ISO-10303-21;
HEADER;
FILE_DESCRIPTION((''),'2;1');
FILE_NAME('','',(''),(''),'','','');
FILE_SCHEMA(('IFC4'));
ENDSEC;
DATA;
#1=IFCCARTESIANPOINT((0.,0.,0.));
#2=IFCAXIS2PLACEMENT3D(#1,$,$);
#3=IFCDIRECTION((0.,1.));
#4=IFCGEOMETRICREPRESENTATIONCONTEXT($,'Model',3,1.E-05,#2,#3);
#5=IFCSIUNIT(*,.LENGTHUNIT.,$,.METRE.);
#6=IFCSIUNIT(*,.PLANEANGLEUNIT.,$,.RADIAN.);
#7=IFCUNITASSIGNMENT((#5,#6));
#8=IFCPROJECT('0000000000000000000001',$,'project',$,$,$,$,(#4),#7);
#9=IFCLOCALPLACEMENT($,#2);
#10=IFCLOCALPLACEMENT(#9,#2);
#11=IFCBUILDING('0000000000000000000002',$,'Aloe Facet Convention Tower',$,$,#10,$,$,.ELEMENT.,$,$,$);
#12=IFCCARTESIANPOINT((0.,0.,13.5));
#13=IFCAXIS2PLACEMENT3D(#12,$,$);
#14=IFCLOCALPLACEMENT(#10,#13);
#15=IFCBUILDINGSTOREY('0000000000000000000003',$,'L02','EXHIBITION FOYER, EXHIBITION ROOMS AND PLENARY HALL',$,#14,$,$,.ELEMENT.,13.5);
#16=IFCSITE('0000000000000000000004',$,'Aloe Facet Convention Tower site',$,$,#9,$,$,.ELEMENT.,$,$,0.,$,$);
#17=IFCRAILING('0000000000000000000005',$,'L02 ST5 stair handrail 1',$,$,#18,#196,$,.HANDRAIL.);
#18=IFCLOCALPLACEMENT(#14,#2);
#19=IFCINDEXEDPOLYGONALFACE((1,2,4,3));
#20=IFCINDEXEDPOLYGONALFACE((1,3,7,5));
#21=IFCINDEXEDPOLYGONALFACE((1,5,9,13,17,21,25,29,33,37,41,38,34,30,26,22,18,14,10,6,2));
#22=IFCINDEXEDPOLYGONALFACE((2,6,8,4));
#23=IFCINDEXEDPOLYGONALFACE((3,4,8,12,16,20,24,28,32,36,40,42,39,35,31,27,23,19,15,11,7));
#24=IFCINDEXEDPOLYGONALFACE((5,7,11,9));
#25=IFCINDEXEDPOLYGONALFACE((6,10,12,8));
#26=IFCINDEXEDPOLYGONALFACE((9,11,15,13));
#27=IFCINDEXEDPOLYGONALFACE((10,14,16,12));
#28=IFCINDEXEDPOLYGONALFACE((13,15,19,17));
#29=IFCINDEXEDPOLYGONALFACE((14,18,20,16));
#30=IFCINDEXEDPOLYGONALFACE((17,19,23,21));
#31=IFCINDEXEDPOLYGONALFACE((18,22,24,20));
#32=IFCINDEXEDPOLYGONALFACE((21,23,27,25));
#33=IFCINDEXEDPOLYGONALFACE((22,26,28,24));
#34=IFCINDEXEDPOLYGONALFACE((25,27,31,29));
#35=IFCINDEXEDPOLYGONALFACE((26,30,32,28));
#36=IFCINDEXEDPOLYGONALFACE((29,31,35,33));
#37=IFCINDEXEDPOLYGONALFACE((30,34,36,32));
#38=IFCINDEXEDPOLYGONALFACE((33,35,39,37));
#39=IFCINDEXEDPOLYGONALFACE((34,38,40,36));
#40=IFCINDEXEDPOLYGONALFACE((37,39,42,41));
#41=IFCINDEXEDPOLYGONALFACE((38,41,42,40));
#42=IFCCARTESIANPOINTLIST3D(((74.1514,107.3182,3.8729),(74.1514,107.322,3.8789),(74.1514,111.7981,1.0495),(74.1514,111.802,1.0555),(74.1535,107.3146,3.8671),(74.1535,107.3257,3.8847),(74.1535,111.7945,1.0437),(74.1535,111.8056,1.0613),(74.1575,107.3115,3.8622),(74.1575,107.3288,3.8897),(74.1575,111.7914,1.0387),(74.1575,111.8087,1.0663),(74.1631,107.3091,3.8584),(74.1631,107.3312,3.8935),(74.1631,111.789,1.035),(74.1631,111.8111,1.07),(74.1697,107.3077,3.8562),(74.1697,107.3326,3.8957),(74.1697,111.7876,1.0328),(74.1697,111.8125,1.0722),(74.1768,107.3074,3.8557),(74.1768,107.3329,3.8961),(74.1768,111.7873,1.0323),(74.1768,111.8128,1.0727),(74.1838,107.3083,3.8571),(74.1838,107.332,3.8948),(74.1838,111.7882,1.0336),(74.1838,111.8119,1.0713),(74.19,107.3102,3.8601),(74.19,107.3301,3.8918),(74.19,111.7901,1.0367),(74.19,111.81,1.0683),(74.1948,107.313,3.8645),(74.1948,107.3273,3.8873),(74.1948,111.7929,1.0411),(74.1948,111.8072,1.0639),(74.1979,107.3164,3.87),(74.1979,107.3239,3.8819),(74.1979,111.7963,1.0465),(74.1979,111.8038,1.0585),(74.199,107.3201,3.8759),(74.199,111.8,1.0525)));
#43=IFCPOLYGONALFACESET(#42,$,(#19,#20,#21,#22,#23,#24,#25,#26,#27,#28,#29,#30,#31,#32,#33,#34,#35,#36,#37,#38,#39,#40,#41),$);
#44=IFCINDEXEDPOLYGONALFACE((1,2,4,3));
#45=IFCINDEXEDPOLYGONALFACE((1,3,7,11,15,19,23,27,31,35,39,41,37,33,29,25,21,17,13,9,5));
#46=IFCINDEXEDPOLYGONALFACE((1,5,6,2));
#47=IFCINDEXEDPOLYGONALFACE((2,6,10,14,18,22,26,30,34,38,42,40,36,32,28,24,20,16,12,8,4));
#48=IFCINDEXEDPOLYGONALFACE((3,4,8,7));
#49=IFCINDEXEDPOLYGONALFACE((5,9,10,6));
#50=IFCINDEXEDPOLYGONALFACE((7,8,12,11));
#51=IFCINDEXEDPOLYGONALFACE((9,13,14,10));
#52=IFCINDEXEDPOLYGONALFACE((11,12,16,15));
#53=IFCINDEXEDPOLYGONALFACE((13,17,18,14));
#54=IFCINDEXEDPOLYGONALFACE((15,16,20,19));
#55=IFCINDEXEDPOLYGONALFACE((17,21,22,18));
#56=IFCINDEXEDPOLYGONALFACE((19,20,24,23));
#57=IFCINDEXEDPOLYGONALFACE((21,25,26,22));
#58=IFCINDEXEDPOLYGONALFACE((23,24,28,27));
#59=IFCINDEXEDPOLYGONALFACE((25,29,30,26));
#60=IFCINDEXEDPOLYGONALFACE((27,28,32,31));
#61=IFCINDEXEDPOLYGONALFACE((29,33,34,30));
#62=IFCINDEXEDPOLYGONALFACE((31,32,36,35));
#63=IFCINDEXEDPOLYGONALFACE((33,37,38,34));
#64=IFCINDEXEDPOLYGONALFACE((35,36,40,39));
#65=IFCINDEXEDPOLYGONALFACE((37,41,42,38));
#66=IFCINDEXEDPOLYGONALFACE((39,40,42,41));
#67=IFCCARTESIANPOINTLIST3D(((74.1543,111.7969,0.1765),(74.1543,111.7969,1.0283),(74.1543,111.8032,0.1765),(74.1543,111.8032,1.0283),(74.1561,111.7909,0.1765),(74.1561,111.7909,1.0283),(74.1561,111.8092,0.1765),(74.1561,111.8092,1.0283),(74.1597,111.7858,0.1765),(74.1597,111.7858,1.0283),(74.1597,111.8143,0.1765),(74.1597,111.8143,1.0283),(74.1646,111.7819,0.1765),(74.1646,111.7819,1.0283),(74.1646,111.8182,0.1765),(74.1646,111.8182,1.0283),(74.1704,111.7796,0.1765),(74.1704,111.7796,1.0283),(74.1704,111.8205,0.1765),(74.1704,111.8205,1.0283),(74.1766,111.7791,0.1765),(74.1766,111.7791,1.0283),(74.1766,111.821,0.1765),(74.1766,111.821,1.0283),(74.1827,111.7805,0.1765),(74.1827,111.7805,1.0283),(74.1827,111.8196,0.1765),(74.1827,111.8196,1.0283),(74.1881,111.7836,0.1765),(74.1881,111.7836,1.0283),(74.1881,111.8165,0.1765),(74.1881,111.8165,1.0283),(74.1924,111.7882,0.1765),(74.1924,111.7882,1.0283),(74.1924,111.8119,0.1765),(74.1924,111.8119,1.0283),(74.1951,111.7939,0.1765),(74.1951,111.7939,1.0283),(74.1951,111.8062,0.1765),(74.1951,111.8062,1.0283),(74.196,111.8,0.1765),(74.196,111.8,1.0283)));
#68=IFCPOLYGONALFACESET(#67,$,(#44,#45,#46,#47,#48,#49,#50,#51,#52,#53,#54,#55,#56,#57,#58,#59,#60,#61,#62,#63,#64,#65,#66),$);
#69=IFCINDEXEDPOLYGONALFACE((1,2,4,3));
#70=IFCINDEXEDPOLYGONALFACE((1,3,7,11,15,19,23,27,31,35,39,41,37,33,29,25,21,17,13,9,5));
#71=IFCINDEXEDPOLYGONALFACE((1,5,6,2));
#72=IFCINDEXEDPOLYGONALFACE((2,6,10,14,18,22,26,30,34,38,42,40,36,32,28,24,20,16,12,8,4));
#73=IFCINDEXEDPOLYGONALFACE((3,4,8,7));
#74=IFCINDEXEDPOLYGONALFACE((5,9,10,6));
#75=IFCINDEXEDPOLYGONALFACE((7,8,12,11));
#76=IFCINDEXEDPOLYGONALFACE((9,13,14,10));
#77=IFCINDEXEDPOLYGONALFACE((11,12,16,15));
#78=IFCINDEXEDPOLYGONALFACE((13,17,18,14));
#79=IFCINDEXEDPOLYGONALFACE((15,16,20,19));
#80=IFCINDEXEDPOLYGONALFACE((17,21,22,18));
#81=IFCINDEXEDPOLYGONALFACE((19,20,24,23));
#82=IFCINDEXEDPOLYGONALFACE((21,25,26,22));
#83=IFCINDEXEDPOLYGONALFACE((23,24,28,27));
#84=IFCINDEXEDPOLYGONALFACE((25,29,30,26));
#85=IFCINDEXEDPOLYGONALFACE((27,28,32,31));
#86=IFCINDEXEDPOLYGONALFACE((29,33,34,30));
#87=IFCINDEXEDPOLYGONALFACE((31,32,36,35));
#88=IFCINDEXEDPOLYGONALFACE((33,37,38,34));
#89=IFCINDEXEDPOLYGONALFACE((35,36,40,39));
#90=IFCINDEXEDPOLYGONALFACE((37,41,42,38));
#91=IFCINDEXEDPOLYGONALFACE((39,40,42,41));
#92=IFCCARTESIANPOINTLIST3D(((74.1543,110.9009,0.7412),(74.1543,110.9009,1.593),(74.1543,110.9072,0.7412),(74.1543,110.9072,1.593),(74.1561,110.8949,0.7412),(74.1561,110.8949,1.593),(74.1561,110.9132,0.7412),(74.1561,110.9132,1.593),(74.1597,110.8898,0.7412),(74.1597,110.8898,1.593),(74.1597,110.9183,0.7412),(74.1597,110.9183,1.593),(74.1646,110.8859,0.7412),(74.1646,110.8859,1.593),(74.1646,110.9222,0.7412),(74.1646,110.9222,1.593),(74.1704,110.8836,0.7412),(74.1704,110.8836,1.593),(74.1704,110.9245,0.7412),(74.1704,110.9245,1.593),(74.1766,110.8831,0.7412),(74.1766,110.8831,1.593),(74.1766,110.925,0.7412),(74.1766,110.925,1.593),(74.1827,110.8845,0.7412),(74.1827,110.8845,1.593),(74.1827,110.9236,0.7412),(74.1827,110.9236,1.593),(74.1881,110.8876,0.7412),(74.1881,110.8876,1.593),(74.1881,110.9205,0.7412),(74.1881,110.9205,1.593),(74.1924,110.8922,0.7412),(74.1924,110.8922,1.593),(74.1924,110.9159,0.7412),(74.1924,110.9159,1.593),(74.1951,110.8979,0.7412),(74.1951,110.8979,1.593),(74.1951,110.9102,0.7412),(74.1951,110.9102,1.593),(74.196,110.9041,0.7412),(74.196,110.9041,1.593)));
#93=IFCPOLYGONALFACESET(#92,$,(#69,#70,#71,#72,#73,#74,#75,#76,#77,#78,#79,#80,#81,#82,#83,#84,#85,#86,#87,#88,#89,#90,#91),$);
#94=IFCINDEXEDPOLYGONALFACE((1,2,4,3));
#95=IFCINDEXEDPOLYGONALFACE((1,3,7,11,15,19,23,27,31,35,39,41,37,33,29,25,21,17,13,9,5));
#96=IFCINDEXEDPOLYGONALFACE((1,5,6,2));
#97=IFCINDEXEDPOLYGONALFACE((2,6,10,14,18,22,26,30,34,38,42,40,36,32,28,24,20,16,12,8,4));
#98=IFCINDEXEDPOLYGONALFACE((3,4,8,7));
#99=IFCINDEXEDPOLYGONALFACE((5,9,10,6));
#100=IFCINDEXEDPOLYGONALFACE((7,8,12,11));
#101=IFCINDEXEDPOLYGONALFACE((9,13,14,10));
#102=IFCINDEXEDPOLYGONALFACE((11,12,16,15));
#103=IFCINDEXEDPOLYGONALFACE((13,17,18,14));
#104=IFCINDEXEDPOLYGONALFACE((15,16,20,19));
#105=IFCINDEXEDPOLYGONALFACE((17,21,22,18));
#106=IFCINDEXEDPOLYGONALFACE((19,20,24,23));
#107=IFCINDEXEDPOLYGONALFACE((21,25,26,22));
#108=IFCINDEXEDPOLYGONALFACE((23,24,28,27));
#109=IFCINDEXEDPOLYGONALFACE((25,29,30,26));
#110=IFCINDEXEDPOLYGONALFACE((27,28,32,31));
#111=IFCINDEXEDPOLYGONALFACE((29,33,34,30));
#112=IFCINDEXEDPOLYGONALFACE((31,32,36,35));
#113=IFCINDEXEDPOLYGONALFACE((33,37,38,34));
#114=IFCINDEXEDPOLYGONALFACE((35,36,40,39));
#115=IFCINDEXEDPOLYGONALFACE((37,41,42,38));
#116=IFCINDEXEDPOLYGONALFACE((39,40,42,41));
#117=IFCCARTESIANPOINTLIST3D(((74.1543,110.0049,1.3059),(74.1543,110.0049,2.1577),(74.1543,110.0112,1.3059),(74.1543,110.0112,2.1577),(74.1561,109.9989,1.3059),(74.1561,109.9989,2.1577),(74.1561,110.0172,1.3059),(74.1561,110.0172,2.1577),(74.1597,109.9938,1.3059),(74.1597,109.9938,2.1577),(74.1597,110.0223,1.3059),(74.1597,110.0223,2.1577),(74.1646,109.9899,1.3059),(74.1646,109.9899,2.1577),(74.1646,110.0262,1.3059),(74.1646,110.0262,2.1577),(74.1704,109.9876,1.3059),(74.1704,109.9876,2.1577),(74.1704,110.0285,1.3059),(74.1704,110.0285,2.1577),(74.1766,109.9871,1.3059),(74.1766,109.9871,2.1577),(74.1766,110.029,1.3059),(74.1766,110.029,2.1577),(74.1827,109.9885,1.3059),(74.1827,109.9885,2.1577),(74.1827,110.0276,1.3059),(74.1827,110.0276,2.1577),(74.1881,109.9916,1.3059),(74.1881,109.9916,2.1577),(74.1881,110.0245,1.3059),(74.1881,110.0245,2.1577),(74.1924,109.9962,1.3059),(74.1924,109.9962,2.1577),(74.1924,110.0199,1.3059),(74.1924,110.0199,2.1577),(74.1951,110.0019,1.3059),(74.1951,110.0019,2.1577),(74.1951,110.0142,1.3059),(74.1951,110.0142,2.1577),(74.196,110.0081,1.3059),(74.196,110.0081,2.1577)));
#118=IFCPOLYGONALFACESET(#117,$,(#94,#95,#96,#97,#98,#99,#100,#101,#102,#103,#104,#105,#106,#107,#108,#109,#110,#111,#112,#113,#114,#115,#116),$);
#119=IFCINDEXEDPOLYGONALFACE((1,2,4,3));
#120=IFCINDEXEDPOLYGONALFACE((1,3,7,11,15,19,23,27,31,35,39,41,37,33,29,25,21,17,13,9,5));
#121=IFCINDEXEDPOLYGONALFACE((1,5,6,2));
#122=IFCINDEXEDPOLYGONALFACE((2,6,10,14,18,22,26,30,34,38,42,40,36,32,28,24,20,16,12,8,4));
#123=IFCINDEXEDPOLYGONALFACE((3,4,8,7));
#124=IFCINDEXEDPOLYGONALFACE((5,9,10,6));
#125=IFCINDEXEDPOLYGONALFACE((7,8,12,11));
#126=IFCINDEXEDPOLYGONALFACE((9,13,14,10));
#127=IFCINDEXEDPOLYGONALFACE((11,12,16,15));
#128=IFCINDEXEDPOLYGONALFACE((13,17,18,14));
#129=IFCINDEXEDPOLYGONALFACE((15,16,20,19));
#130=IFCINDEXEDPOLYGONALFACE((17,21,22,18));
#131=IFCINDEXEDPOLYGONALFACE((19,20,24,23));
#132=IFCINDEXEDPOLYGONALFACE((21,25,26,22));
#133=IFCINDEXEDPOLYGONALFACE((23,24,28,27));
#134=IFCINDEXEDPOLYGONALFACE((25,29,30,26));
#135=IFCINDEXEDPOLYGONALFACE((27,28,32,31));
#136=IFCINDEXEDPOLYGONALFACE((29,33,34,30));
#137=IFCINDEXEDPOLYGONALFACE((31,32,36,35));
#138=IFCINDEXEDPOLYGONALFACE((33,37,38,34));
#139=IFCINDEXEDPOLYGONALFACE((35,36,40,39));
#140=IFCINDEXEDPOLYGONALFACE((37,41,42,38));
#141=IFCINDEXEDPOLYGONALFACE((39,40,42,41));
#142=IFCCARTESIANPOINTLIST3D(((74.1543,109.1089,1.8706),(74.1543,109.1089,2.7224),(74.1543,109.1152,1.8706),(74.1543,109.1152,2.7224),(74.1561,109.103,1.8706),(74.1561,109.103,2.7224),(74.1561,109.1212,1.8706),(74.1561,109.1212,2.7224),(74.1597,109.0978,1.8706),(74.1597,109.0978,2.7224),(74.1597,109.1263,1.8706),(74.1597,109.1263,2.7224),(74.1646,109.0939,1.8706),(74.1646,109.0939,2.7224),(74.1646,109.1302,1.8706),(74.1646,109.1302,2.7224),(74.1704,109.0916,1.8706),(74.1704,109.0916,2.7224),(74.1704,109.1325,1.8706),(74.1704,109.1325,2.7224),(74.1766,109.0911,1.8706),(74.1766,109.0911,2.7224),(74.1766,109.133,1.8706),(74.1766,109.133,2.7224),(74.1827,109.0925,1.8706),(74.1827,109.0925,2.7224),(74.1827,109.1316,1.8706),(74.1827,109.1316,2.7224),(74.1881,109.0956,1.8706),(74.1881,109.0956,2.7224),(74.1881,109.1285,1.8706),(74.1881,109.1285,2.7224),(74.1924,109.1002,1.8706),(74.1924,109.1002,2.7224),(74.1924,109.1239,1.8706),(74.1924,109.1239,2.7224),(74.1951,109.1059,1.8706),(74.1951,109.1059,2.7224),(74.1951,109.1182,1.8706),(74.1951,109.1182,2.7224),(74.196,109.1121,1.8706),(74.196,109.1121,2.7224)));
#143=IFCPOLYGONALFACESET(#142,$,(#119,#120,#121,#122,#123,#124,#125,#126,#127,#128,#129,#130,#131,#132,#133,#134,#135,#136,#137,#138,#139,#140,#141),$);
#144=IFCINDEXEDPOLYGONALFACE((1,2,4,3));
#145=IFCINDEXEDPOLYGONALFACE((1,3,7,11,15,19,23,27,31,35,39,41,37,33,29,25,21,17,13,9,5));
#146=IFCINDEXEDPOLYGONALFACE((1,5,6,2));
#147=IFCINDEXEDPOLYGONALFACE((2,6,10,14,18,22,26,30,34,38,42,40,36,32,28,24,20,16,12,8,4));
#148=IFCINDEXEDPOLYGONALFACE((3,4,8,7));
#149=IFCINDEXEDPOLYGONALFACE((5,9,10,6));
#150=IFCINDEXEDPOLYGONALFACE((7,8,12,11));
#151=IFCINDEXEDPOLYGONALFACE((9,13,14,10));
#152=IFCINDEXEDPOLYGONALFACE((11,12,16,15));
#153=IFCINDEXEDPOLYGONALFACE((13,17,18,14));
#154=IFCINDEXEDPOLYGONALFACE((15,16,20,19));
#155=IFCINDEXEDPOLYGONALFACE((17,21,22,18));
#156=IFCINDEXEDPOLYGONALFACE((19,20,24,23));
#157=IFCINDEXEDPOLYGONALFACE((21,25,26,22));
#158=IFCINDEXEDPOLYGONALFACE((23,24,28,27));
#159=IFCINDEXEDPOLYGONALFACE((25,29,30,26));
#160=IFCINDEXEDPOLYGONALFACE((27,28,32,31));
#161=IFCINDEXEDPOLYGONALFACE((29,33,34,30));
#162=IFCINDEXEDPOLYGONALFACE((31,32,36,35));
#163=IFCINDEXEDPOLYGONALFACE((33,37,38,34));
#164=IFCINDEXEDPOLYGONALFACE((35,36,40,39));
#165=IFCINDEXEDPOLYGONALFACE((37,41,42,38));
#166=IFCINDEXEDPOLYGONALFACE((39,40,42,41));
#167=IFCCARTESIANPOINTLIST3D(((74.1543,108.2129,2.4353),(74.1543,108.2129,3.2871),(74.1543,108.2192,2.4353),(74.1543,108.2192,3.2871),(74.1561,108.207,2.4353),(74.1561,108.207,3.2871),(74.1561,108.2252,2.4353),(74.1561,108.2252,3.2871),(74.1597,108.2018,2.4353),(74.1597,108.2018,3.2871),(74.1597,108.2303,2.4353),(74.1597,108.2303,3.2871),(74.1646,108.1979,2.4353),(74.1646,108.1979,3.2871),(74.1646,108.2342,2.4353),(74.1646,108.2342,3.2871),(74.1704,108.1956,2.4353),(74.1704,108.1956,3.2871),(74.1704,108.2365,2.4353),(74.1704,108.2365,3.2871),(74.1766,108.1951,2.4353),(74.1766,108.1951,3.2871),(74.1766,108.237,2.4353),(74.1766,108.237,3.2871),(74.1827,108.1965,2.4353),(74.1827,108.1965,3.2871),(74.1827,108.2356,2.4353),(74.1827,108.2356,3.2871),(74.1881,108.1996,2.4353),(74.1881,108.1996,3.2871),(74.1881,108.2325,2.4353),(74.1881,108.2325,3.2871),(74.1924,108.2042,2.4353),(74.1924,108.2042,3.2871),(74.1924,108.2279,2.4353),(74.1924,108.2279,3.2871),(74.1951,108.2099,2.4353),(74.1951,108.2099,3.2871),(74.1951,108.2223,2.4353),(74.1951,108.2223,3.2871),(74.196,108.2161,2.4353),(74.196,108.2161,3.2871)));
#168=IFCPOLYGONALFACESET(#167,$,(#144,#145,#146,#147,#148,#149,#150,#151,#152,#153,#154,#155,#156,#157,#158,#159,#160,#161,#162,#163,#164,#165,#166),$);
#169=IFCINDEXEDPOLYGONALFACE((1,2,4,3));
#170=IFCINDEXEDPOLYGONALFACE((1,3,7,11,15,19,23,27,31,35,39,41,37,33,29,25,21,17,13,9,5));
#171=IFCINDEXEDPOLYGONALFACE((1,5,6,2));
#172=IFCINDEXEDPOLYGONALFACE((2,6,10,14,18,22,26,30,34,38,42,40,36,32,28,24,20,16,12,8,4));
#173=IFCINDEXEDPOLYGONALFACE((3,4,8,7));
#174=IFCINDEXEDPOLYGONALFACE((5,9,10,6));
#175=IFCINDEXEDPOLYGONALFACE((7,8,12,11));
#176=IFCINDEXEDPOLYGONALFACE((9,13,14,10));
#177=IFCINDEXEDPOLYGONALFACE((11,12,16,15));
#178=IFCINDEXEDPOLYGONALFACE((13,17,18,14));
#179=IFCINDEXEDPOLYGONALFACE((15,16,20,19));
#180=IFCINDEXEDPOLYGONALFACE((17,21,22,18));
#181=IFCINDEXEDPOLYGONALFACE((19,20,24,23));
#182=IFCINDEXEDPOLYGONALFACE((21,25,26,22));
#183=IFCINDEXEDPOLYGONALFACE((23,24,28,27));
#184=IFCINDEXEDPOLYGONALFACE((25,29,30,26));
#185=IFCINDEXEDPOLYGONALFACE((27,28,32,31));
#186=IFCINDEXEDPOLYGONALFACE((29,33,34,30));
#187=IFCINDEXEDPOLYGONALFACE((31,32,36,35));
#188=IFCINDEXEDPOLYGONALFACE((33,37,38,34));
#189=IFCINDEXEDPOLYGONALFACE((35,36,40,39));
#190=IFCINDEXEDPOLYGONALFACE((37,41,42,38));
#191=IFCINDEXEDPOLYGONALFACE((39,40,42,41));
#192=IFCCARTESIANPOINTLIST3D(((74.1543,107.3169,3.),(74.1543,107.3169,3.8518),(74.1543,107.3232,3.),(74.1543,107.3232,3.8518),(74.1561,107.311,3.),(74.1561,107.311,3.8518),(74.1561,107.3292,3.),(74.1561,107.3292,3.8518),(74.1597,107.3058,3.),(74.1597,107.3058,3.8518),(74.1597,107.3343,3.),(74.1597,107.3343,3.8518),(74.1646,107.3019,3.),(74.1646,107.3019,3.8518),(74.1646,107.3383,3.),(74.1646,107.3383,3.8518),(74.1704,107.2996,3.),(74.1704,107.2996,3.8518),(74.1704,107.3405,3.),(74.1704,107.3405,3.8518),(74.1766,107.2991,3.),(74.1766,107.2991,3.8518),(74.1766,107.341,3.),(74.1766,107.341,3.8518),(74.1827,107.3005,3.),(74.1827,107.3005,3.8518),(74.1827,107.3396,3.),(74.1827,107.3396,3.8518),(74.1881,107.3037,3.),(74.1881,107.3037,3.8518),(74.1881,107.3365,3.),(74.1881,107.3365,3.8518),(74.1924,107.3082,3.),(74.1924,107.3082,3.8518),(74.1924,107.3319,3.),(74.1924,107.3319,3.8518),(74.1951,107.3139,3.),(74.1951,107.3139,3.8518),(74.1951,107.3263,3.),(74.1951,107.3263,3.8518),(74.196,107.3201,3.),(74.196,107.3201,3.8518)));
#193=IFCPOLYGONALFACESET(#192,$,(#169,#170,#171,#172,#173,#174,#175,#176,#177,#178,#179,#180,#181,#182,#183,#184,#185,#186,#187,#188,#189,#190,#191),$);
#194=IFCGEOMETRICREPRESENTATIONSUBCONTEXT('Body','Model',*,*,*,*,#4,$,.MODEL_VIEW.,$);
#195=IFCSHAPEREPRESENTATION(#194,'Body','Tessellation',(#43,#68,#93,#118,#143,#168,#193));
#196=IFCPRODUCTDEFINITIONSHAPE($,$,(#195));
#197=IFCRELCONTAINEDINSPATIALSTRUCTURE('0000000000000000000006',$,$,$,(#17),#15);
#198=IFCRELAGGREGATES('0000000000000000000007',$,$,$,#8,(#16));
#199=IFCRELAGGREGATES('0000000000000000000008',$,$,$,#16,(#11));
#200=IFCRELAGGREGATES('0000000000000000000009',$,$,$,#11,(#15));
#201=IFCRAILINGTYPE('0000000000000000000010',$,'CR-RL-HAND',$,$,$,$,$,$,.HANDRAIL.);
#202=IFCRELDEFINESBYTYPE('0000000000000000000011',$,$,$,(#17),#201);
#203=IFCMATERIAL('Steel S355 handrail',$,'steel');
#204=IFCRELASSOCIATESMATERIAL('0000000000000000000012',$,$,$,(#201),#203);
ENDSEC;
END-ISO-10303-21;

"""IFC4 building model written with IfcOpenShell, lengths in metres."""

from ifc_helpers import new_model, si_unit, direction, frame, origin, origin_2d, place, context, subcontext, project, spatial, circle, extrude, material, type_object, element, save


model = new_model("IFC4")

# Units and contexts
model_context = context("Model", 3, precision=1e-05, world=origin(), true_north=direction((0.0, 1.0)))
body_context = subcontext(model_context, "Body", "Model", "MODEL_VIEW")
ifc_project = project(units=[si_unit("LENGTHUNIT", "METRE"), si_unit("PLANEANGLEUNIT", "RADIAN")], contexts=[model_context])

# Site, building, storey
site_placement = place(None, origin())
site = spatial("IfcSite", under=ifc_project, at=site_placement, Name="Aloe Facet Convention Tower site", CompositionType="ELEMENT", RefElevation=0.0)
building_placement = place(site_placement, origin())
building = spatial("IfcBuilding", under=site, at=building_placement, Name="Aloe Facet Convention Tower", CompositionType="ELEMENT")
storey_placement = place(building_placement, frame((0.0, 0.0, 13.5)))
storey = spatial("IfcBuildingStorey", under=building, at=storey_placement, Name="L02", Description="EXHIBITION FOYER, EXHIBITION ROOMS AND PLENARY HALL", CompositionType="ELEMENT", Elevation=13.5)

# Railing
ifc_material_1 = material(Name="Steel S355 handrail", Category="steel")
railing_type_1 = type_object("IfcRailingType", Name="CR-RL-HAND", PredefinedType="HANDRAIL", material=ifc_material_1)
railing_1_placement = place(storey_placement, frame((74.175, 111.8, 0.1765)))
element("IfcRailing", 1, at=railing_1_placement, inside=storey, type_object=railing_type_1, Name="L02 ST5 stair handrail 1", PredefinedType="HANDRAIL", context=body_context, shape_type="SweptSolid", body=[
    extrude(circle(Radius=0.0239, at=origin_2d()), frame((0.0, 0.0, 0.876), z_axis=(0.0, -0.845998, 0.533186), x_axis=(1.0, 0.0, 0.0)), (0.0, 0.0, 1.0), 5.2954),
    extrude(circle(Radius=0.021, at=origin_2d()), origin(), (0.0, 0.0, 1.0), 0.8518),
    extrude(circle(Radius=0.021, at=origin_2d()), frame((0.0, -0.896, 0.5647)), (0.0, 0.0, 1.0), 0.8518),
    extrude(circle(Radius=0.021, at=origin_2d()), frame((0.0, -1.792, 1.1294)), (0.0, 0.0, 1.0), 0.8518),
    extrude(circle(Radius=0.021, at=origin_2d()), frame((0.0, -2.688, 1.6941)), (0.0, 0.0, 1.0), 0.8518),
    extrude(circle(Radius=0.021, at=origin_2d()), frame((0.0, -3.584, 2.2588)), (0.0, 0.0, 1.0), 0.8518),
    extrude(circle(Radius=0.021, at=origin_2d()), frame((0.0, -4.48, 2.8235)), (0.0, 0.0, 1.0), 0.8518),
])

save(model, "model.ifc")
